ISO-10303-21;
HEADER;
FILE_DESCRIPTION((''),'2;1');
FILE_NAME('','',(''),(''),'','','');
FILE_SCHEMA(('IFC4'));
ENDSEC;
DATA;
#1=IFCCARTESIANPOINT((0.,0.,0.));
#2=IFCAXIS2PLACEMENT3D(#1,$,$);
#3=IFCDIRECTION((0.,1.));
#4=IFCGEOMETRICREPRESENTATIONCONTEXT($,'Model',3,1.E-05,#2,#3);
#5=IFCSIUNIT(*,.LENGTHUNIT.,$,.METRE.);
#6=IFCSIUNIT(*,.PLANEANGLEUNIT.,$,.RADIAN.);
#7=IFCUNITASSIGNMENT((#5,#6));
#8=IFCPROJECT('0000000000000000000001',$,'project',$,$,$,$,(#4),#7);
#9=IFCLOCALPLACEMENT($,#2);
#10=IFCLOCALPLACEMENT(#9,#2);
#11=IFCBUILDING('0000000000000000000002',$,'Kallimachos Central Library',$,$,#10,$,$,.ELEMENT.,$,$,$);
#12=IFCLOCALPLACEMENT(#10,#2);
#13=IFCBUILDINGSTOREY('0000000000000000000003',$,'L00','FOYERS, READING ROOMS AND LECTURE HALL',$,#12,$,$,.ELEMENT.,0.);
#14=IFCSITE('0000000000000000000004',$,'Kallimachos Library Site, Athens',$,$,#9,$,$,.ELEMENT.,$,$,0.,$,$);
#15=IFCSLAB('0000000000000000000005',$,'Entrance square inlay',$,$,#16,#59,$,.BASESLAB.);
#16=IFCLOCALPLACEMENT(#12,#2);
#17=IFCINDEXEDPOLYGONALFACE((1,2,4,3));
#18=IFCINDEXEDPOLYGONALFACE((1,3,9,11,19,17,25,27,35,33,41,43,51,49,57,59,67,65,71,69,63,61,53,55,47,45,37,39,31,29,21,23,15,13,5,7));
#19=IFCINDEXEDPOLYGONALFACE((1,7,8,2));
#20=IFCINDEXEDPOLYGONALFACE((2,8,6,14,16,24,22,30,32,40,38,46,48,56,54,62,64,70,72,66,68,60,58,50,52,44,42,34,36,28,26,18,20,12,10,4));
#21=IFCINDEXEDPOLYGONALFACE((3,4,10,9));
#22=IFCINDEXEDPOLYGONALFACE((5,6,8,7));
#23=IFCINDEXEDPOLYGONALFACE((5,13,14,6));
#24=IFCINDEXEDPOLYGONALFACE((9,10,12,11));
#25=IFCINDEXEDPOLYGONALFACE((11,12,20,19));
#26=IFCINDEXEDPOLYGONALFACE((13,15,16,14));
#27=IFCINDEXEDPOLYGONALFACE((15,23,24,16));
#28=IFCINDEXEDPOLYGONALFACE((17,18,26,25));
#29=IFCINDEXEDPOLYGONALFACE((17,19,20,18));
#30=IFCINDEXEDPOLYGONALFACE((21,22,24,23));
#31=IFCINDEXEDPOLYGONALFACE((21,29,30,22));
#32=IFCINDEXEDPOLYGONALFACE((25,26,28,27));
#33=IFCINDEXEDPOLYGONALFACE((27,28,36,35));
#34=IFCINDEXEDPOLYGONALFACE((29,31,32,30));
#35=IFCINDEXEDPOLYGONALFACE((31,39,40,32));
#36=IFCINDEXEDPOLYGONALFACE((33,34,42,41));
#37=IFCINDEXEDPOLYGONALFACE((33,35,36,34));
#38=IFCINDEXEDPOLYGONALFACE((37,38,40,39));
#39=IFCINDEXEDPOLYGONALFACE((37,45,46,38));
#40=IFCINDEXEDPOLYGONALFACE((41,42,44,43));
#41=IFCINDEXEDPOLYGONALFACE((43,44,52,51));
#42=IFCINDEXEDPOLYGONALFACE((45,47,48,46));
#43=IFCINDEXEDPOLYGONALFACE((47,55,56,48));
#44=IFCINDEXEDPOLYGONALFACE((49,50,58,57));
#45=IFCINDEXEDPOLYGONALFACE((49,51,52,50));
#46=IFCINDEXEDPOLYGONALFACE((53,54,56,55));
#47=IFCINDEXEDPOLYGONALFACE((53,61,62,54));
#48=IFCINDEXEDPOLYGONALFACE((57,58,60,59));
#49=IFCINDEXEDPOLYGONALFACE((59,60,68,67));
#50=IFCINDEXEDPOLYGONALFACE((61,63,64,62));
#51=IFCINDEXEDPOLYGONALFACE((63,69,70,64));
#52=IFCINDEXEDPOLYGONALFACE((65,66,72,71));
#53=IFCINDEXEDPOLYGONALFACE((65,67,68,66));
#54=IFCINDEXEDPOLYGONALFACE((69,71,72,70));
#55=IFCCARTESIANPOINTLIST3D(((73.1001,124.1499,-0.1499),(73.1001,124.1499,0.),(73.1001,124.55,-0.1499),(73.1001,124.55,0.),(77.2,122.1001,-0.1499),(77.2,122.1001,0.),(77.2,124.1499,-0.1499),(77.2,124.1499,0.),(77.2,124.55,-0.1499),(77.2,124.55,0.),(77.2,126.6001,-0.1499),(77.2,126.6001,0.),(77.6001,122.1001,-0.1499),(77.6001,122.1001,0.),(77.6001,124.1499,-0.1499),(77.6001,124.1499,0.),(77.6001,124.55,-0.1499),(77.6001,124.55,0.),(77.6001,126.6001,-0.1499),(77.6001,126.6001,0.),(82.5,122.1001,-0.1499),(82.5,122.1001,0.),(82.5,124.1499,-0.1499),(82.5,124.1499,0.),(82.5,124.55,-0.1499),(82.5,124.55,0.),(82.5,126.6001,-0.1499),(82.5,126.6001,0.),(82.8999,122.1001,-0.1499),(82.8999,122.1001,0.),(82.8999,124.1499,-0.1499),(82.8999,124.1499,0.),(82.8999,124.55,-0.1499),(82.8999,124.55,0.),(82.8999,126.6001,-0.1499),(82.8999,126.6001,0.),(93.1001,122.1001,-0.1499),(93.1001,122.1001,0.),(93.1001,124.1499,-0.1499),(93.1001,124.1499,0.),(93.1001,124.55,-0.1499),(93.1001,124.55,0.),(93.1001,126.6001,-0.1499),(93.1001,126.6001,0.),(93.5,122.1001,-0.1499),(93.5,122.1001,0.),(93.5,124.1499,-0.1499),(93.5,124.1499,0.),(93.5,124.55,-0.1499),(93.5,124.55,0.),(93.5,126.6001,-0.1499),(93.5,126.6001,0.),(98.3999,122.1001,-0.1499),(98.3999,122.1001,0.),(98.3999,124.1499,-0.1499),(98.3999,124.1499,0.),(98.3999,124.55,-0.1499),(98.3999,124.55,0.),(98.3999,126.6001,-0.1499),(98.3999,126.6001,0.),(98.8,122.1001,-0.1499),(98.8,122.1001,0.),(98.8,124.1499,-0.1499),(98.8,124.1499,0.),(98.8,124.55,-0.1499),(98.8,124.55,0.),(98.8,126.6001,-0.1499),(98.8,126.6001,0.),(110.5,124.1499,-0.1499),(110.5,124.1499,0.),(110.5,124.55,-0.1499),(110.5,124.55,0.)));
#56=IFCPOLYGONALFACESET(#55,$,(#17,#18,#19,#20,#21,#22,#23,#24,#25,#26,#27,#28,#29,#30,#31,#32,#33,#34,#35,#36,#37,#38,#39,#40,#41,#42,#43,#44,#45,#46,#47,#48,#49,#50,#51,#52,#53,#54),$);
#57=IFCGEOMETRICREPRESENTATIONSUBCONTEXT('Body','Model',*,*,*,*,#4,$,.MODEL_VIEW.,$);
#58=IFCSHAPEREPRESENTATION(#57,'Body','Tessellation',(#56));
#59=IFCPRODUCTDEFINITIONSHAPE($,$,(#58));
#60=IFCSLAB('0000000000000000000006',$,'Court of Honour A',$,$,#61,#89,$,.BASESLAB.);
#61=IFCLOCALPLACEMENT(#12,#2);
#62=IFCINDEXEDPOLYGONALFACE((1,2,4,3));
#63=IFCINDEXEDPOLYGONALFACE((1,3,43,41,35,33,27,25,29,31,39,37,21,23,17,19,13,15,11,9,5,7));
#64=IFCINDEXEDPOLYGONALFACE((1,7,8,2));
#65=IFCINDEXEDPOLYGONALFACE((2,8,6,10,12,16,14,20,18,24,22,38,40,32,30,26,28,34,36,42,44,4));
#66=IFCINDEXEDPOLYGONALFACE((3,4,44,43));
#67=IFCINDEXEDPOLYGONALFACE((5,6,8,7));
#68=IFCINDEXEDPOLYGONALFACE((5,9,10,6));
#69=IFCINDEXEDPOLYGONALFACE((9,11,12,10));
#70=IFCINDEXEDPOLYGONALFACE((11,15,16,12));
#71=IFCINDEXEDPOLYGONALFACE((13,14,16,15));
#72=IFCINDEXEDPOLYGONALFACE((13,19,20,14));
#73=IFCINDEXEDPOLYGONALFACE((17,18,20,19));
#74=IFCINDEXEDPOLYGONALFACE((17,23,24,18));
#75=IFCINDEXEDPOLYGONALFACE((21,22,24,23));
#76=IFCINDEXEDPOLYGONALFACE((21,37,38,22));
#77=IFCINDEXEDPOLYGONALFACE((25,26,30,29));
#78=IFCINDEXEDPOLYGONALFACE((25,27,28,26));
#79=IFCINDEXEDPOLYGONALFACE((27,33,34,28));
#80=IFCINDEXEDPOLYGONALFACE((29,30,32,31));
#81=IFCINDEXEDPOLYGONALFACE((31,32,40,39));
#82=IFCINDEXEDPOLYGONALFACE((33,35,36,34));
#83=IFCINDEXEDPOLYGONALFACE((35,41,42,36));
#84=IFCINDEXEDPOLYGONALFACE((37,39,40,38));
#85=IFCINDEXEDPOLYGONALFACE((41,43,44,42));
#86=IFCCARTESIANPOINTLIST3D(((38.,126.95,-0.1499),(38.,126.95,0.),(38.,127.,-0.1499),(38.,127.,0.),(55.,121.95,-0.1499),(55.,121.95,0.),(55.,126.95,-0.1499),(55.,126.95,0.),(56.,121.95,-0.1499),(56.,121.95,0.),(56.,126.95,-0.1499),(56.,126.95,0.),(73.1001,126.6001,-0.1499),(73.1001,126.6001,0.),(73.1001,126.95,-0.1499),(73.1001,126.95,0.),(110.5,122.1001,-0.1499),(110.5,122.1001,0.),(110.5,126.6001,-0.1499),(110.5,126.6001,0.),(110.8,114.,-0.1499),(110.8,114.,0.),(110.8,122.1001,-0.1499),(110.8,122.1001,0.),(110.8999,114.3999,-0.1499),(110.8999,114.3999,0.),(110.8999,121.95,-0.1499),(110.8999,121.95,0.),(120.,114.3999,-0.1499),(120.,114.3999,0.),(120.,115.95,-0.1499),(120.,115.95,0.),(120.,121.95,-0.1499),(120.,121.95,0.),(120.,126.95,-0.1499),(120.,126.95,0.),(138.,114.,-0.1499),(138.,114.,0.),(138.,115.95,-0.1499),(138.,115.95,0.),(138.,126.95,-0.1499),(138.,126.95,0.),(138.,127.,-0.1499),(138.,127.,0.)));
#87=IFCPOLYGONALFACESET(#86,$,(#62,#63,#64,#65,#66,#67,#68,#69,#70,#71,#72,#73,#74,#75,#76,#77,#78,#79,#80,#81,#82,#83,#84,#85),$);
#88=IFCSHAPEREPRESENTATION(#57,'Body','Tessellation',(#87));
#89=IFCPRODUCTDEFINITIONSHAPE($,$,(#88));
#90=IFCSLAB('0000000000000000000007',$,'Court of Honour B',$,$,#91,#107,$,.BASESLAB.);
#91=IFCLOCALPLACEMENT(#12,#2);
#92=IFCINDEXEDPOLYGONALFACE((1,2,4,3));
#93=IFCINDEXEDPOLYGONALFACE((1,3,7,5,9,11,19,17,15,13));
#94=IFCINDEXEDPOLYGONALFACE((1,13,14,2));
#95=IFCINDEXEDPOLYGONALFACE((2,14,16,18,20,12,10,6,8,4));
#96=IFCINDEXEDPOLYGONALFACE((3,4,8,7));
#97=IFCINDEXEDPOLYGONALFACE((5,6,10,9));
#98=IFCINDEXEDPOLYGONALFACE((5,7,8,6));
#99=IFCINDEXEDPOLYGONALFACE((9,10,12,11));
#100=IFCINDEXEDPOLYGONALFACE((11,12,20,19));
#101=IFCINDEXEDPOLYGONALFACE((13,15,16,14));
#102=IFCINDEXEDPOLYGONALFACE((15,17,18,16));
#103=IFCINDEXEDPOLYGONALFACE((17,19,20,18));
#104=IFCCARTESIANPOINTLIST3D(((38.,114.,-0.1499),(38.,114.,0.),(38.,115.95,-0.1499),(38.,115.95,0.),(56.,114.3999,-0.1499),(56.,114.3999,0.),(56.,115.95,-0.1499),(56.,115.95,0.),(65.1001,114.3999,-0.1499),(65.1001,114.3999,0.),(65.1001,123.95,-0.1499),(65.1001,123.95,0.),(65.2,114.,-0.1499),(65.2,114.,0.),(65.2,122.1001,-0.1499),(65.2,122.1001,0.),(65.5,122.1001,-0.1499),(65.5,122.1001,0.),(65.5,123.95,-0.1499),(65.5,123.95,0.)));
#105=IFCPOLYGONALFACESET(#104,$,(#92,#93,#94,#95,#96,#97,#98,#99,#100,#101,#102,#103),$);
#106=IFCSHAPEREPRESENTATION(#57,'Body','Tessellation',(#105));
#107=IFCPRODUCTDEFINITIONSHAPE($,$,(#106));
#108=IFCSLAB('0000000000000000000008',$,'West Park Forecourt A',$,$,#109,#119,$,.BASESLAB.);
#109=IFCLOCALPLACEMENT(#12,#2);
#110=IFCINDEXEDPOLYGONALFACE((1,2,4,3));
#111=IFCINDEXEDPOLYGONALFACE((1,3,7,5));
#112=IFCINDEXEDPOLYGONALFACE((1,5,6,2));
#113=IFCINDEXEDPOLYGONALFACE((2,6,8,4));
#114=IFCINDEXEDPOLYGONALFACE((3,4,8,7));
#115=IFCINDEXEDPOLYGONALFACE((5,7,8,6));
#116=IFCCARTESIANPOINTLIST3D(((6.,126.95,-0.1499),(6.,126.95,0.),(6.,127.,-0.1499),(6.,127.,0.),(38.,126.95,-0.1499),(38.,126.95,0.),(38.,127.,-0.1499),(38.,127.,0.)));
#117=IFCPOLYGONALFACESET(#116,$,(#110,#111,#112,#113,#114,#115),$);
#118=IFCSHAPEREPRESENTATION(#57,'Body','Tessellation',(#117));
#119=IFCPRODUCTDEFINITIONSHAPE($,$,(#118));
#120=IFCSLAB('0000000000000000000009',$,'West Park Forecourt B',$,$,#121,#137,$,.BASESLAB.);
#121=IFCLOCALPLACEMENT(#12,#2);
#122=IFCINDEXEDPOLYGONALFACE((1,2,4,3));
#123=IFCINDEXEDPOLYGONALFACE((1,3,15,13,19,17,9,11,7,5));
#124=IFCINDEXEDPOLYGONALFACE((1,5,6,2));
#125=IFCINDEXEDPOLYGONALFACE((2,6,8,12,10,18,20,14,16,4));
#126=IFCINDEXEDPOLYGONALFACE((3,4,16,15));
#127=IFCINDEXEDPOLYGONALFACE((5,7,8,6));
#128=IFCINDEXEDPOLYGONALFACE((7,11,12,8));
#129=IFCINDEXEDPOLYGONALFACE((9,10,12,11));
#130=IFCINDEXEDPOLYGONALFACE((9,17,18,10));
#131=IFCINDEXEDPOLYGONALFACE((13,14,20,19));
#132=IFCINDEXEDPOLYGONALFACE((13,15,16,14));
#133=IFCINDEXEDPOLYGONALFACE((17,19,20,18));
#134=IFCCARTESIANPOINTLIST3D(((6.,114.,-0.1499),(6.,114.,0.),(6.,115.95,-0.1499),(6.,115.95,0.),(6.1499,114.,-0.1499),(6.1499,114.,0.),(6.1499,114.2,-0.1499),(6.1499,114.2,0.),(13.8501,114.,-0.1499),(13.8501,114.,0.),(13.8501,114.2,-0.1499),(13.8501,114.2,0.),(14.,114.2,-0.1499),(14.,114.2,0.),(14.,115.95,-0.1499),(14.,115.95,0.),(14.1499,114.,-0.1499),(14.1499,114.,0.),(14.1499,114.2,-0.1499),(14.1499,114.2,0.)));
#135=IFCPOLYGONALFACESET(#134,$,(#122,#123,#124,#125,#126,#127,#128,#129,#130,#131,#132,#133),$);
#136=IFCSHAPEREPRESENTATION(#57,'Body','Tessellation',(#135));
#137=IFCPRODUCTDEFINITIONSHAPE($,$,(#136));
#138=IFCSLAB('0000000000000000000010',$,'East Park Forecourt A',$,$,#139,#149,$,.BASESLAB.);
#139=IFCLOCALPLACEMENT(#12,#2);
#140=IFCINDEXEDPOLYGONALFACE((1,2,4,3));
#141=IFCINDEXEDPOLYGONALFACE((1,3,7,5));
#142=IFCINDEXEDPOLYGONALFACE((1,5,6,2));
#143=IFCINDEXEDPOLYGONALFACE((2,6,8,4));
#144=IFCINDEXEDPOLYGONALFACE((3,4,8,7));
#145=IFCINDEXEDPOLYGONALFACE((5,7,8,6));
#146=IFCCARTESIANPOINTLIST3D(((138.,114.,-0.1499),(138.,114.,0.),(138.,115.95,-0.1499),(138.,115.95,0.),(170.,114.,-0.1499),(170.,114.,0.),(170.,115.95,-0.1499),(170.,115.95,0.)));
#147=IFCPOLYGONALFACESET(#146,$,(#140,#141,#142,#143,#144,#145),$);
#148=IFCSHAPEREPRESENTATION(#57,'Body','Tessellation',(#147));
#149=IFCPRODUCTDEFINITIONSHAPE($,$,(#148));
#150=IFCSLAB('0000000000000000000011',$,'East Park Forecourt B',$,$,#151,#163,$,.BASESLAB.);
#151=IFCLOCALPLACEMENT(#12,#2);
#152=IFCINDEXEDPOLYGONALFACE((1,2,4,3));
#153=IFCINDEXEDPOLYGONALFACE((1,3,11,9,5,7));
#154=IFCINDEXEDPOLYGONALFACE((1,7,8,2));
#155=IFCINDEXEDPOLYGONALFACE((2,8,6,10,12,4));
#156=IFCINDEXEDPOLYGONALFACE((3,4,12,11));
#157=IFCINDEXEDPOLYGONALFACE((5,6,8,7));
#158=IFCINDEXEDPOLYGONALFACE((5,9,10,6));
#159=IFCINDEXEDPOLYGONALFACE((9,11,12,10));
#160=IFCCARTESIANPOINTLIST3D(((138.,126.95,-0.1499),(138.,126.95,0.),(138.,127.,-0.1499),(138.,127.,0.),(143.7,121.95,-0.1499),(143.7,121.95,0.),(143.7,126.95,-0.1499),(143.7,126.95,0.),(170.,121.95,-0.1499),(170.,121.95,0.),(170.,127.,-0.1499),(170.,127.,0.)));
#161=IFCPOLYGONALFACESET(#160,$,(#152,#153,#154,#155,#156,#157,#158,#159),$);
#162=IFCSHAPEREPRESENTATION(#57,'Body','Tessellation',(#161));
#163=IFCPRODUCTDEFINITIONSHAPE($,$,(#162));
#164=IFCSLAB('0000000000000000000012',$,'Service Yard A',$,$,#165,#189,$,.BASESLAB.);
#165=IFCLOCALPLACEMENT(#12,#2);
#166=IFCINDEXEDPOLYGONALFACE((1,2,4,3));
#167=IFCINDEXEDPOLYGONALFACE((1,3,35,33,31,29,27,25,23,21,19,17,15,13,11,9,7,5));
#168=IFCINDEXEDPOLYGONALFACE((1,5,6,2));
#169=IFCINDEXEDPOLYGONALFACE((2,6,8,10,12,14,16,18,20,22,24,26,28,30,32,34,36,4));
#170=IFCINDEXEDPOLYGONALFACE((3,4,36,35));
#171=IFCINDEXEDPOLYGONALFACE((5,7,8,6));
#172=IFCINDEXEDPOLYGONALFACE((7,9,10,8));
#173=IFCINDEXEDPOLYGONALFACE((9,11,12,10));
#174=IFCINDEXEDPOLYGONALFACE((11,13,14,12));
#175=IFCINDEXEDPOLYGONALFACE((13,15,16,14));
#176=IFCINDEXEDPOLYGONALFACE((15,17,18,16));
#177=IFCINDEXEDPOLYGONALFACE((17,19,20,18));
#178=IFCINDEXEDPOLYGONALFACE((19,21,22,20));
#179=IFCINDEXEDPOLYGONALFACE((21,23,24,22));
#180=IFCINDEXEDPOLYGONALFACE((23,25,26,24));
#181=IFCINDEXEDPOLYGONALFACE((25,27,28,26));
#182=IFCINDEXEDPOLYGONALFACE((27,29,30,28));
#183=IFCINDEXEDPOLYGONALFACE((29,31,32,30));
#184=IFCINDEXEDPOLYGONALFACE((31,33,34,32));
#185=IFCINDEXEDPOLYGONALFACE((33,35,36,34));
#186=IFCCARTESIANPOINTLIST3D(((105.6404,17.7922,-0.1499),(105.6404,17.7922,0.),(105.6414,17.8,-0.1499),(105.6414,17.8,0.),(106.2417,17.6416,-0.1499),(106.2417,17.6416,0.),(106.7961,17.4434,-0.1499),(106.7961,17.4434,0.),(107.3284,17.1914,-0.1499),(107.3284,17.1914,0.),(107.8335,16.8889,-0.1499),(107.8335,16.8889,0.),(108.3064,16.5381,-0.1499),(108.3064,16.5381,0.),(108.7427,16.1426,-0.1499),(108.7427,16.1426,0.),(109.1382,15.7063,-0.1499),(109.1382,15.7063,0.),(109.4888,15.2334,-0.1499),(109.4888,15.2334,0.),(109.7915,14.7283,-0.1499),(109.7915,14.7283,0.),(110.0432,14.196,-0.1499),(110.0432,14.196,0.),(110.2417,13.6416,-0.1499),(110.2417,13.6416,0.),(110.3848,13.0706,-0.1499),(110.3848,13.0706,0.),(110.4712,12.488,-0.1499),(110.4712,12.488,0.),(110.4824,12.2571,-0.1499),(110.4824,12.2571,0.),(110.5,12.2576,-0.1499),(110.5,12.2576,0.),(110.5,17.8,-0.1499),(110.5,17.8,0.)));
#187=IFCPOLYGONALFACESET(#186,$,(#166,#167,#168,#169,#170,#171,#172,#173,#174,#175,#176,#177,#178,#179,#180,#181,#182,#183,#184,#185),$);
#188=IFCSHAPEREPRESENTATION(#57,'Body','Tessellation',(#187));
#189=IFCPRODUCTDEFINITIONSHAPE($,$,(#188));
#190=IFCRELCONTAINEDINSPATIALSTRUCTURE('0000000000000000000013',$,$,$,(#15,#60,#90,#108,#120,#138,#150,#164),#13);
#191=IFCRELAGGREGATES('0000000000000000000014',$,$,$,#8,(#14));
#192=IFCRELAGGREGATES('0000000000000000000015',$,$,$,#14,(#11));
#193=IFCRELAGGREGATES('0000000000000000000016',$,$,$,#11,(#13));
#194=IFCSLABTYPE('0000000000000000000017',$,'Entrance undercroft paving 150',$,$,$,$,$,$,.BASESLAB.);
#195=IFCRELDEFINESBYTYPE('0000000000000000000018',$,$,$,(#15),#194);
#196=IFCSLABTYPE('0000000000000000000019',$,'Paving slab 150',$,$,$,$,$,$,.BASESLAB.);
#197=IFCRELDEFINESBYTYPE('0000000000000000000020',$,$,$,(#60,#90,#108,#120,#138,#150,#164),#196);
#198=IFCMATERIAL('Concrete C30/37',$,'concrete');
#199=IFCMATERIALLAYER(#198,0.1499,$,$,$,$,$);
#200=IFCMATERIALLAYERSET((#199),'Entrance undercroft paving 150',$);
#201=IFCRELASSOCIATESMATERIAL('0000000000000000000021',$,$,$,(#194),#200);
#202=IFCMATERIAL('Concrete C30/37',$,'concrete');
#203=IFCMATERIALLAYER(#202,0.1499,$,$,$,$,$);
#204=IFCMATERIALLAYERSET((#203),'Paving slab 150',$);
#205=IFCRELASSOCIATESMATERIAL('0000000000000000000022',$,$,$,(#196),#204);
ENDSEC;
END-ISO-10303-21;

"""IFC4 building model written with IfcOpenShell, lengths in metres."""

from ifc_helpers import new_model, si_unit, direction, frame, origin, place, context, subcontext, project, spatial, polyline, outline, extrude, material, layer, layer_set, type_object, element, save


model = new_model("IFC4")

# Units and contexts
model_context = context("Model", 3, precision=1e-05, world=origin(), true_north=direction((0.0, 1.0)))
body_context = subcontext(model_context, "Body", "Model", "MODEL_VIEW")
ifc_project = project(units=[si_unit("LENGTHUNIT", "METRE"), si_unit("PLANEANGLEUNIT", "RADIAN")], contexts=[model_context])

# Site, building, storey
site_placement = place(None, origin())
site = spatial("IfcSite", under=ifc_project, at=site_placement, Name="Kallimachos Library Site, Athens", CompositionType="ELEMENT", RefElevation=0.0)
building_placement = place(site_placement, origin())
building = spatial("IfcBuilding", under=site, at=building_placement, Name="Kallimachos Central Library", CompositionType="ELEMENT")
storey_placement = place(building_placement, origin())
storey = spatial("IfcBuildingStorey", under=building, at=storey_placement, Name="L00", Description="FOYERS, READING ROOMS AND LECTURE HALL", CompositionType="ELEMENT", Elevation=0.0)

# Slabs
ifc_material_1 = material(Name="Concrete C30/37", Category="concrete")
ifc_layer_1 = layer(ifc_material_1, 0.1499)
ifc_layer_set_1 = layer_set([ifc_layer_1], Name="Entrance undercroft paving 150")
slab_type_1 = type_object("IfcSlabType", Name="Entrance undercroft paving 150", PredefinedType="BASESLAB", material=ifc_layer_set_1)
slab_1_placement = place(storey_placement, frame((0.0, 0.0, -0.1499)))
element("IfcSlab", 1, at=slab_1_placement, inside=storey, type_object=slab_type_1, Name="Entrance square inlay", PredefinedType="BASESLAB", context=body_context, shape_type="SweptSolid", body=[
    extrude(outline(polyline([(77.2, 124.55), (77.2, 126.6001), (77.6001, 126.6001), (77.6001, 124.55), (82.5, 124.55), (82.5, 126.6001), (82.8999, 126.6001), (82.8999, 124.55), (93.1001, 124.55), (93.1001, 126.6001), (93.5, 126.6001), (93.5, 124.55), (98.3999, 124.55), (98.3999, 126.6001), (98.8, 126.6001), (98.8, 124.55), (110.5, 124.55), (110.5, 124.1499), (98.8, 124.1499), (98.8, 122.1001), (98.3999, 122.1001), (98.3999, 124.1499), (93.5, 124.1499), (93.5, 122.1001), (93.1001, 122.1001), (93.1001, 124.1499), (82.8999, 124.1499), (82.8999, 122.1001), (82.5, 122.1001), (82.5, 124.1499), (77.6001, 124.1499), (77.6001, 122.1001), (77.2, 122.1001), (77.2, 124.1499), (73.1001, 124.1499), (73.1001, 124.55), (77.2, 124.55)])), origin(), (0.0, 0.0, 1.0), 0.1499),
])
ifc_material_2 = material(Name="Concrete C30/37", Category="concrete")
ifc_layer_2 = layer(ifc_material_2, 0.1499)
ifc_layer_set_2 = layer_set([ifc_layer_2], Name="Paving slab 150")
slab_type_2 = type_object("IfcSlabType", Name="Paving slab 150", PredefinedType="BASESLAB", material=ifc_layer_set_2)
slab_2_placement = place(storey_placement, frame((0.0, 0.0, -0.1499)))
element("IfcSlab", 2, at=slab_2_placement, inside=storey, type_object=slab_type_2, Name="Court of Honour A", PredefinedType="BASESLAB", context=body_context, shape_type="SweptSolid", body=[
    extrude(outline(polyline([(138.0, 114.0), (110.8, 114.0), (110.8, 122.1001), (110.5, 122.1001), (110.5, 126.6001), (73.1001, 126.6001), (73.1001, 126.95), (56.0, 126.95), (56.0, 121.95), (55.0, 121.95), (55.0, 126.95), (38.0, 126.95), (38.0, 127.0), (138.0, 127.0), (138.0, 126.95), (120.0, 126.95), (120.0, 121.95), (110.8999, 121.95), (110.8999, 114.3999), (120.0, 114.3999), (120.0, 115.95), (138.0, 115.95), (138.0, 114.0)])), origin(), (0.0, 0.0, 1.0), 0.1499),
])
slab_3_placement = place(storey_placement, frame((0.0, 0.0, -0.1499)))
element("IfcSlab", 3, at=slab_3_placement, inside=storey, type_object=slab_type_2, Name="Court of Honour B", PredefinedType="BASESLAB", context=body_context, shape_type="SweptSolid", body=[
    extrude(outline(polyline([(38.0, 115.95), (56.0, 115.95), (56.0, 114.3999), (65.1001, 114.3999), (65.1001, 123.95), (65.5, 123.95), (65.5, 122.1001), (65.2, 122.1001), (65.2, 114.0), (38.0, 114.0), (38.0, 115.95)])), origin(), (0.0, 0.0, 1.0), 0.1499),
])
slab_4_placement = place(storey_placement, frame((0.0, 0.0, -0.1499)))
element("IfcSlab", 4, at=slab_4_placement, inside=storey, type_object=slab_type_2, Name="West Park Forecourt A", PredefinedType="BASESLAB", context=body_context, shape_type="SweptSolid", body=[
    extrude(outline(polyline([(38.0, 126.95), (6.0, 126.95), (6.0, 127.0), (38.0, 127.0), (38.0, 126.95)])), origin(), (0.0, 0.0, 1.0), 0.1499),
])
slab_5_placement = place(storey_placement, frame((0.0, 0.0, -0.1499)))
element("IfcSlab", 5, at=slab_5_placement, inside=storey, type_object=slab_type_2, Name="West Park Forecourt B", PredefinedType="BASESLAB", context=body_context, shape_type="SweptSolid", body=[
    extrude(outline(polyline([(6.0, 115.95), (14.0, 115.95), (14.0, 114.2), (14.1499, 114.2), (14.1499, 114.0), (13.8501, 114.0), (13.8501, 114.2), (6.1499, 114.2), (6.1499, 114.0), (6.0, 114.0), (6.0, 115.95)])), origin(), (0.0, 0.0, 1.0), 0.1499),
])
slab_6_placement = place(storey_placement, frame((0.0, 0.0, -0.1499)))
element("IfcSlab", 6, at=slab_6_placement, inside=storey, type_object=slab_type_2, Name="East Park Forecourt A", PredefinedType="BASESLAB", context=body_context, shape_type="SweptSolid", body=[
    extrude(outline(polyline([(170.0, 114.0), (138.0, 114.0), (138.0, 115.95), (170.0, 115.95), (170.0, 114.0)])), origin(), (0.0, 0.0, 1.0), 0.1499),
])
slab_7_placement = place(storey_placement, frame((0.0, 0.0, -0.1499)))
element("IfcSlab", 7, at=slab_7_placement, inside=storey, type_object=slab_type_2, Name="East Park Forecourt B", PredefinedType="BASESLAB", context=body_context, shape_type="SweptSolid", body=[
    extrude(outline(polyline([(170.0, 127.0), (170.0, 121.95), (143.7, 121.95), (143.7, 126.95), (138.0, 126.95), (138.0, 127.0), (170.0, 127.0)])), origin(), (0.0, 0.0, 1.0), 0.1499),
])
slab_8_placement = place(storey_placement, frame((0.0, 0.0, -0.1499)))
element("IfcSlab", 8, at=slab_8_placement, inside=storey, type_object=slab_type_2, Name="Service Yard A", PredefinedType="BASESLAB", context=body_context, shape_type="SweptSolid", body=[
    extrude(outline(polyline([(105.6404, 17.7922), (105.6414, 17.8), (110.5, 17.8), (110.5, 12.2576), (110.4824, 12.2571), (110.4712, 12.488), (110.3848, 13.0706), (110.2417, 13.6416), (110.0432, 14.196), (109.7915, 14.7283), (109.4888, 15.2334), (109.1382, 15.7063), (108.7427, 16.1426), (108.3064, 16.5381), (107.8335, 16.8889), (107.3284, 17.1914), (106.7961, 17.4434), (106.2417, 17.6416), (105.6404, 17.7922)])), origin(), (0.0, 0.0, 1.0), 0.1499),
])

save(model, "model.ifc")
